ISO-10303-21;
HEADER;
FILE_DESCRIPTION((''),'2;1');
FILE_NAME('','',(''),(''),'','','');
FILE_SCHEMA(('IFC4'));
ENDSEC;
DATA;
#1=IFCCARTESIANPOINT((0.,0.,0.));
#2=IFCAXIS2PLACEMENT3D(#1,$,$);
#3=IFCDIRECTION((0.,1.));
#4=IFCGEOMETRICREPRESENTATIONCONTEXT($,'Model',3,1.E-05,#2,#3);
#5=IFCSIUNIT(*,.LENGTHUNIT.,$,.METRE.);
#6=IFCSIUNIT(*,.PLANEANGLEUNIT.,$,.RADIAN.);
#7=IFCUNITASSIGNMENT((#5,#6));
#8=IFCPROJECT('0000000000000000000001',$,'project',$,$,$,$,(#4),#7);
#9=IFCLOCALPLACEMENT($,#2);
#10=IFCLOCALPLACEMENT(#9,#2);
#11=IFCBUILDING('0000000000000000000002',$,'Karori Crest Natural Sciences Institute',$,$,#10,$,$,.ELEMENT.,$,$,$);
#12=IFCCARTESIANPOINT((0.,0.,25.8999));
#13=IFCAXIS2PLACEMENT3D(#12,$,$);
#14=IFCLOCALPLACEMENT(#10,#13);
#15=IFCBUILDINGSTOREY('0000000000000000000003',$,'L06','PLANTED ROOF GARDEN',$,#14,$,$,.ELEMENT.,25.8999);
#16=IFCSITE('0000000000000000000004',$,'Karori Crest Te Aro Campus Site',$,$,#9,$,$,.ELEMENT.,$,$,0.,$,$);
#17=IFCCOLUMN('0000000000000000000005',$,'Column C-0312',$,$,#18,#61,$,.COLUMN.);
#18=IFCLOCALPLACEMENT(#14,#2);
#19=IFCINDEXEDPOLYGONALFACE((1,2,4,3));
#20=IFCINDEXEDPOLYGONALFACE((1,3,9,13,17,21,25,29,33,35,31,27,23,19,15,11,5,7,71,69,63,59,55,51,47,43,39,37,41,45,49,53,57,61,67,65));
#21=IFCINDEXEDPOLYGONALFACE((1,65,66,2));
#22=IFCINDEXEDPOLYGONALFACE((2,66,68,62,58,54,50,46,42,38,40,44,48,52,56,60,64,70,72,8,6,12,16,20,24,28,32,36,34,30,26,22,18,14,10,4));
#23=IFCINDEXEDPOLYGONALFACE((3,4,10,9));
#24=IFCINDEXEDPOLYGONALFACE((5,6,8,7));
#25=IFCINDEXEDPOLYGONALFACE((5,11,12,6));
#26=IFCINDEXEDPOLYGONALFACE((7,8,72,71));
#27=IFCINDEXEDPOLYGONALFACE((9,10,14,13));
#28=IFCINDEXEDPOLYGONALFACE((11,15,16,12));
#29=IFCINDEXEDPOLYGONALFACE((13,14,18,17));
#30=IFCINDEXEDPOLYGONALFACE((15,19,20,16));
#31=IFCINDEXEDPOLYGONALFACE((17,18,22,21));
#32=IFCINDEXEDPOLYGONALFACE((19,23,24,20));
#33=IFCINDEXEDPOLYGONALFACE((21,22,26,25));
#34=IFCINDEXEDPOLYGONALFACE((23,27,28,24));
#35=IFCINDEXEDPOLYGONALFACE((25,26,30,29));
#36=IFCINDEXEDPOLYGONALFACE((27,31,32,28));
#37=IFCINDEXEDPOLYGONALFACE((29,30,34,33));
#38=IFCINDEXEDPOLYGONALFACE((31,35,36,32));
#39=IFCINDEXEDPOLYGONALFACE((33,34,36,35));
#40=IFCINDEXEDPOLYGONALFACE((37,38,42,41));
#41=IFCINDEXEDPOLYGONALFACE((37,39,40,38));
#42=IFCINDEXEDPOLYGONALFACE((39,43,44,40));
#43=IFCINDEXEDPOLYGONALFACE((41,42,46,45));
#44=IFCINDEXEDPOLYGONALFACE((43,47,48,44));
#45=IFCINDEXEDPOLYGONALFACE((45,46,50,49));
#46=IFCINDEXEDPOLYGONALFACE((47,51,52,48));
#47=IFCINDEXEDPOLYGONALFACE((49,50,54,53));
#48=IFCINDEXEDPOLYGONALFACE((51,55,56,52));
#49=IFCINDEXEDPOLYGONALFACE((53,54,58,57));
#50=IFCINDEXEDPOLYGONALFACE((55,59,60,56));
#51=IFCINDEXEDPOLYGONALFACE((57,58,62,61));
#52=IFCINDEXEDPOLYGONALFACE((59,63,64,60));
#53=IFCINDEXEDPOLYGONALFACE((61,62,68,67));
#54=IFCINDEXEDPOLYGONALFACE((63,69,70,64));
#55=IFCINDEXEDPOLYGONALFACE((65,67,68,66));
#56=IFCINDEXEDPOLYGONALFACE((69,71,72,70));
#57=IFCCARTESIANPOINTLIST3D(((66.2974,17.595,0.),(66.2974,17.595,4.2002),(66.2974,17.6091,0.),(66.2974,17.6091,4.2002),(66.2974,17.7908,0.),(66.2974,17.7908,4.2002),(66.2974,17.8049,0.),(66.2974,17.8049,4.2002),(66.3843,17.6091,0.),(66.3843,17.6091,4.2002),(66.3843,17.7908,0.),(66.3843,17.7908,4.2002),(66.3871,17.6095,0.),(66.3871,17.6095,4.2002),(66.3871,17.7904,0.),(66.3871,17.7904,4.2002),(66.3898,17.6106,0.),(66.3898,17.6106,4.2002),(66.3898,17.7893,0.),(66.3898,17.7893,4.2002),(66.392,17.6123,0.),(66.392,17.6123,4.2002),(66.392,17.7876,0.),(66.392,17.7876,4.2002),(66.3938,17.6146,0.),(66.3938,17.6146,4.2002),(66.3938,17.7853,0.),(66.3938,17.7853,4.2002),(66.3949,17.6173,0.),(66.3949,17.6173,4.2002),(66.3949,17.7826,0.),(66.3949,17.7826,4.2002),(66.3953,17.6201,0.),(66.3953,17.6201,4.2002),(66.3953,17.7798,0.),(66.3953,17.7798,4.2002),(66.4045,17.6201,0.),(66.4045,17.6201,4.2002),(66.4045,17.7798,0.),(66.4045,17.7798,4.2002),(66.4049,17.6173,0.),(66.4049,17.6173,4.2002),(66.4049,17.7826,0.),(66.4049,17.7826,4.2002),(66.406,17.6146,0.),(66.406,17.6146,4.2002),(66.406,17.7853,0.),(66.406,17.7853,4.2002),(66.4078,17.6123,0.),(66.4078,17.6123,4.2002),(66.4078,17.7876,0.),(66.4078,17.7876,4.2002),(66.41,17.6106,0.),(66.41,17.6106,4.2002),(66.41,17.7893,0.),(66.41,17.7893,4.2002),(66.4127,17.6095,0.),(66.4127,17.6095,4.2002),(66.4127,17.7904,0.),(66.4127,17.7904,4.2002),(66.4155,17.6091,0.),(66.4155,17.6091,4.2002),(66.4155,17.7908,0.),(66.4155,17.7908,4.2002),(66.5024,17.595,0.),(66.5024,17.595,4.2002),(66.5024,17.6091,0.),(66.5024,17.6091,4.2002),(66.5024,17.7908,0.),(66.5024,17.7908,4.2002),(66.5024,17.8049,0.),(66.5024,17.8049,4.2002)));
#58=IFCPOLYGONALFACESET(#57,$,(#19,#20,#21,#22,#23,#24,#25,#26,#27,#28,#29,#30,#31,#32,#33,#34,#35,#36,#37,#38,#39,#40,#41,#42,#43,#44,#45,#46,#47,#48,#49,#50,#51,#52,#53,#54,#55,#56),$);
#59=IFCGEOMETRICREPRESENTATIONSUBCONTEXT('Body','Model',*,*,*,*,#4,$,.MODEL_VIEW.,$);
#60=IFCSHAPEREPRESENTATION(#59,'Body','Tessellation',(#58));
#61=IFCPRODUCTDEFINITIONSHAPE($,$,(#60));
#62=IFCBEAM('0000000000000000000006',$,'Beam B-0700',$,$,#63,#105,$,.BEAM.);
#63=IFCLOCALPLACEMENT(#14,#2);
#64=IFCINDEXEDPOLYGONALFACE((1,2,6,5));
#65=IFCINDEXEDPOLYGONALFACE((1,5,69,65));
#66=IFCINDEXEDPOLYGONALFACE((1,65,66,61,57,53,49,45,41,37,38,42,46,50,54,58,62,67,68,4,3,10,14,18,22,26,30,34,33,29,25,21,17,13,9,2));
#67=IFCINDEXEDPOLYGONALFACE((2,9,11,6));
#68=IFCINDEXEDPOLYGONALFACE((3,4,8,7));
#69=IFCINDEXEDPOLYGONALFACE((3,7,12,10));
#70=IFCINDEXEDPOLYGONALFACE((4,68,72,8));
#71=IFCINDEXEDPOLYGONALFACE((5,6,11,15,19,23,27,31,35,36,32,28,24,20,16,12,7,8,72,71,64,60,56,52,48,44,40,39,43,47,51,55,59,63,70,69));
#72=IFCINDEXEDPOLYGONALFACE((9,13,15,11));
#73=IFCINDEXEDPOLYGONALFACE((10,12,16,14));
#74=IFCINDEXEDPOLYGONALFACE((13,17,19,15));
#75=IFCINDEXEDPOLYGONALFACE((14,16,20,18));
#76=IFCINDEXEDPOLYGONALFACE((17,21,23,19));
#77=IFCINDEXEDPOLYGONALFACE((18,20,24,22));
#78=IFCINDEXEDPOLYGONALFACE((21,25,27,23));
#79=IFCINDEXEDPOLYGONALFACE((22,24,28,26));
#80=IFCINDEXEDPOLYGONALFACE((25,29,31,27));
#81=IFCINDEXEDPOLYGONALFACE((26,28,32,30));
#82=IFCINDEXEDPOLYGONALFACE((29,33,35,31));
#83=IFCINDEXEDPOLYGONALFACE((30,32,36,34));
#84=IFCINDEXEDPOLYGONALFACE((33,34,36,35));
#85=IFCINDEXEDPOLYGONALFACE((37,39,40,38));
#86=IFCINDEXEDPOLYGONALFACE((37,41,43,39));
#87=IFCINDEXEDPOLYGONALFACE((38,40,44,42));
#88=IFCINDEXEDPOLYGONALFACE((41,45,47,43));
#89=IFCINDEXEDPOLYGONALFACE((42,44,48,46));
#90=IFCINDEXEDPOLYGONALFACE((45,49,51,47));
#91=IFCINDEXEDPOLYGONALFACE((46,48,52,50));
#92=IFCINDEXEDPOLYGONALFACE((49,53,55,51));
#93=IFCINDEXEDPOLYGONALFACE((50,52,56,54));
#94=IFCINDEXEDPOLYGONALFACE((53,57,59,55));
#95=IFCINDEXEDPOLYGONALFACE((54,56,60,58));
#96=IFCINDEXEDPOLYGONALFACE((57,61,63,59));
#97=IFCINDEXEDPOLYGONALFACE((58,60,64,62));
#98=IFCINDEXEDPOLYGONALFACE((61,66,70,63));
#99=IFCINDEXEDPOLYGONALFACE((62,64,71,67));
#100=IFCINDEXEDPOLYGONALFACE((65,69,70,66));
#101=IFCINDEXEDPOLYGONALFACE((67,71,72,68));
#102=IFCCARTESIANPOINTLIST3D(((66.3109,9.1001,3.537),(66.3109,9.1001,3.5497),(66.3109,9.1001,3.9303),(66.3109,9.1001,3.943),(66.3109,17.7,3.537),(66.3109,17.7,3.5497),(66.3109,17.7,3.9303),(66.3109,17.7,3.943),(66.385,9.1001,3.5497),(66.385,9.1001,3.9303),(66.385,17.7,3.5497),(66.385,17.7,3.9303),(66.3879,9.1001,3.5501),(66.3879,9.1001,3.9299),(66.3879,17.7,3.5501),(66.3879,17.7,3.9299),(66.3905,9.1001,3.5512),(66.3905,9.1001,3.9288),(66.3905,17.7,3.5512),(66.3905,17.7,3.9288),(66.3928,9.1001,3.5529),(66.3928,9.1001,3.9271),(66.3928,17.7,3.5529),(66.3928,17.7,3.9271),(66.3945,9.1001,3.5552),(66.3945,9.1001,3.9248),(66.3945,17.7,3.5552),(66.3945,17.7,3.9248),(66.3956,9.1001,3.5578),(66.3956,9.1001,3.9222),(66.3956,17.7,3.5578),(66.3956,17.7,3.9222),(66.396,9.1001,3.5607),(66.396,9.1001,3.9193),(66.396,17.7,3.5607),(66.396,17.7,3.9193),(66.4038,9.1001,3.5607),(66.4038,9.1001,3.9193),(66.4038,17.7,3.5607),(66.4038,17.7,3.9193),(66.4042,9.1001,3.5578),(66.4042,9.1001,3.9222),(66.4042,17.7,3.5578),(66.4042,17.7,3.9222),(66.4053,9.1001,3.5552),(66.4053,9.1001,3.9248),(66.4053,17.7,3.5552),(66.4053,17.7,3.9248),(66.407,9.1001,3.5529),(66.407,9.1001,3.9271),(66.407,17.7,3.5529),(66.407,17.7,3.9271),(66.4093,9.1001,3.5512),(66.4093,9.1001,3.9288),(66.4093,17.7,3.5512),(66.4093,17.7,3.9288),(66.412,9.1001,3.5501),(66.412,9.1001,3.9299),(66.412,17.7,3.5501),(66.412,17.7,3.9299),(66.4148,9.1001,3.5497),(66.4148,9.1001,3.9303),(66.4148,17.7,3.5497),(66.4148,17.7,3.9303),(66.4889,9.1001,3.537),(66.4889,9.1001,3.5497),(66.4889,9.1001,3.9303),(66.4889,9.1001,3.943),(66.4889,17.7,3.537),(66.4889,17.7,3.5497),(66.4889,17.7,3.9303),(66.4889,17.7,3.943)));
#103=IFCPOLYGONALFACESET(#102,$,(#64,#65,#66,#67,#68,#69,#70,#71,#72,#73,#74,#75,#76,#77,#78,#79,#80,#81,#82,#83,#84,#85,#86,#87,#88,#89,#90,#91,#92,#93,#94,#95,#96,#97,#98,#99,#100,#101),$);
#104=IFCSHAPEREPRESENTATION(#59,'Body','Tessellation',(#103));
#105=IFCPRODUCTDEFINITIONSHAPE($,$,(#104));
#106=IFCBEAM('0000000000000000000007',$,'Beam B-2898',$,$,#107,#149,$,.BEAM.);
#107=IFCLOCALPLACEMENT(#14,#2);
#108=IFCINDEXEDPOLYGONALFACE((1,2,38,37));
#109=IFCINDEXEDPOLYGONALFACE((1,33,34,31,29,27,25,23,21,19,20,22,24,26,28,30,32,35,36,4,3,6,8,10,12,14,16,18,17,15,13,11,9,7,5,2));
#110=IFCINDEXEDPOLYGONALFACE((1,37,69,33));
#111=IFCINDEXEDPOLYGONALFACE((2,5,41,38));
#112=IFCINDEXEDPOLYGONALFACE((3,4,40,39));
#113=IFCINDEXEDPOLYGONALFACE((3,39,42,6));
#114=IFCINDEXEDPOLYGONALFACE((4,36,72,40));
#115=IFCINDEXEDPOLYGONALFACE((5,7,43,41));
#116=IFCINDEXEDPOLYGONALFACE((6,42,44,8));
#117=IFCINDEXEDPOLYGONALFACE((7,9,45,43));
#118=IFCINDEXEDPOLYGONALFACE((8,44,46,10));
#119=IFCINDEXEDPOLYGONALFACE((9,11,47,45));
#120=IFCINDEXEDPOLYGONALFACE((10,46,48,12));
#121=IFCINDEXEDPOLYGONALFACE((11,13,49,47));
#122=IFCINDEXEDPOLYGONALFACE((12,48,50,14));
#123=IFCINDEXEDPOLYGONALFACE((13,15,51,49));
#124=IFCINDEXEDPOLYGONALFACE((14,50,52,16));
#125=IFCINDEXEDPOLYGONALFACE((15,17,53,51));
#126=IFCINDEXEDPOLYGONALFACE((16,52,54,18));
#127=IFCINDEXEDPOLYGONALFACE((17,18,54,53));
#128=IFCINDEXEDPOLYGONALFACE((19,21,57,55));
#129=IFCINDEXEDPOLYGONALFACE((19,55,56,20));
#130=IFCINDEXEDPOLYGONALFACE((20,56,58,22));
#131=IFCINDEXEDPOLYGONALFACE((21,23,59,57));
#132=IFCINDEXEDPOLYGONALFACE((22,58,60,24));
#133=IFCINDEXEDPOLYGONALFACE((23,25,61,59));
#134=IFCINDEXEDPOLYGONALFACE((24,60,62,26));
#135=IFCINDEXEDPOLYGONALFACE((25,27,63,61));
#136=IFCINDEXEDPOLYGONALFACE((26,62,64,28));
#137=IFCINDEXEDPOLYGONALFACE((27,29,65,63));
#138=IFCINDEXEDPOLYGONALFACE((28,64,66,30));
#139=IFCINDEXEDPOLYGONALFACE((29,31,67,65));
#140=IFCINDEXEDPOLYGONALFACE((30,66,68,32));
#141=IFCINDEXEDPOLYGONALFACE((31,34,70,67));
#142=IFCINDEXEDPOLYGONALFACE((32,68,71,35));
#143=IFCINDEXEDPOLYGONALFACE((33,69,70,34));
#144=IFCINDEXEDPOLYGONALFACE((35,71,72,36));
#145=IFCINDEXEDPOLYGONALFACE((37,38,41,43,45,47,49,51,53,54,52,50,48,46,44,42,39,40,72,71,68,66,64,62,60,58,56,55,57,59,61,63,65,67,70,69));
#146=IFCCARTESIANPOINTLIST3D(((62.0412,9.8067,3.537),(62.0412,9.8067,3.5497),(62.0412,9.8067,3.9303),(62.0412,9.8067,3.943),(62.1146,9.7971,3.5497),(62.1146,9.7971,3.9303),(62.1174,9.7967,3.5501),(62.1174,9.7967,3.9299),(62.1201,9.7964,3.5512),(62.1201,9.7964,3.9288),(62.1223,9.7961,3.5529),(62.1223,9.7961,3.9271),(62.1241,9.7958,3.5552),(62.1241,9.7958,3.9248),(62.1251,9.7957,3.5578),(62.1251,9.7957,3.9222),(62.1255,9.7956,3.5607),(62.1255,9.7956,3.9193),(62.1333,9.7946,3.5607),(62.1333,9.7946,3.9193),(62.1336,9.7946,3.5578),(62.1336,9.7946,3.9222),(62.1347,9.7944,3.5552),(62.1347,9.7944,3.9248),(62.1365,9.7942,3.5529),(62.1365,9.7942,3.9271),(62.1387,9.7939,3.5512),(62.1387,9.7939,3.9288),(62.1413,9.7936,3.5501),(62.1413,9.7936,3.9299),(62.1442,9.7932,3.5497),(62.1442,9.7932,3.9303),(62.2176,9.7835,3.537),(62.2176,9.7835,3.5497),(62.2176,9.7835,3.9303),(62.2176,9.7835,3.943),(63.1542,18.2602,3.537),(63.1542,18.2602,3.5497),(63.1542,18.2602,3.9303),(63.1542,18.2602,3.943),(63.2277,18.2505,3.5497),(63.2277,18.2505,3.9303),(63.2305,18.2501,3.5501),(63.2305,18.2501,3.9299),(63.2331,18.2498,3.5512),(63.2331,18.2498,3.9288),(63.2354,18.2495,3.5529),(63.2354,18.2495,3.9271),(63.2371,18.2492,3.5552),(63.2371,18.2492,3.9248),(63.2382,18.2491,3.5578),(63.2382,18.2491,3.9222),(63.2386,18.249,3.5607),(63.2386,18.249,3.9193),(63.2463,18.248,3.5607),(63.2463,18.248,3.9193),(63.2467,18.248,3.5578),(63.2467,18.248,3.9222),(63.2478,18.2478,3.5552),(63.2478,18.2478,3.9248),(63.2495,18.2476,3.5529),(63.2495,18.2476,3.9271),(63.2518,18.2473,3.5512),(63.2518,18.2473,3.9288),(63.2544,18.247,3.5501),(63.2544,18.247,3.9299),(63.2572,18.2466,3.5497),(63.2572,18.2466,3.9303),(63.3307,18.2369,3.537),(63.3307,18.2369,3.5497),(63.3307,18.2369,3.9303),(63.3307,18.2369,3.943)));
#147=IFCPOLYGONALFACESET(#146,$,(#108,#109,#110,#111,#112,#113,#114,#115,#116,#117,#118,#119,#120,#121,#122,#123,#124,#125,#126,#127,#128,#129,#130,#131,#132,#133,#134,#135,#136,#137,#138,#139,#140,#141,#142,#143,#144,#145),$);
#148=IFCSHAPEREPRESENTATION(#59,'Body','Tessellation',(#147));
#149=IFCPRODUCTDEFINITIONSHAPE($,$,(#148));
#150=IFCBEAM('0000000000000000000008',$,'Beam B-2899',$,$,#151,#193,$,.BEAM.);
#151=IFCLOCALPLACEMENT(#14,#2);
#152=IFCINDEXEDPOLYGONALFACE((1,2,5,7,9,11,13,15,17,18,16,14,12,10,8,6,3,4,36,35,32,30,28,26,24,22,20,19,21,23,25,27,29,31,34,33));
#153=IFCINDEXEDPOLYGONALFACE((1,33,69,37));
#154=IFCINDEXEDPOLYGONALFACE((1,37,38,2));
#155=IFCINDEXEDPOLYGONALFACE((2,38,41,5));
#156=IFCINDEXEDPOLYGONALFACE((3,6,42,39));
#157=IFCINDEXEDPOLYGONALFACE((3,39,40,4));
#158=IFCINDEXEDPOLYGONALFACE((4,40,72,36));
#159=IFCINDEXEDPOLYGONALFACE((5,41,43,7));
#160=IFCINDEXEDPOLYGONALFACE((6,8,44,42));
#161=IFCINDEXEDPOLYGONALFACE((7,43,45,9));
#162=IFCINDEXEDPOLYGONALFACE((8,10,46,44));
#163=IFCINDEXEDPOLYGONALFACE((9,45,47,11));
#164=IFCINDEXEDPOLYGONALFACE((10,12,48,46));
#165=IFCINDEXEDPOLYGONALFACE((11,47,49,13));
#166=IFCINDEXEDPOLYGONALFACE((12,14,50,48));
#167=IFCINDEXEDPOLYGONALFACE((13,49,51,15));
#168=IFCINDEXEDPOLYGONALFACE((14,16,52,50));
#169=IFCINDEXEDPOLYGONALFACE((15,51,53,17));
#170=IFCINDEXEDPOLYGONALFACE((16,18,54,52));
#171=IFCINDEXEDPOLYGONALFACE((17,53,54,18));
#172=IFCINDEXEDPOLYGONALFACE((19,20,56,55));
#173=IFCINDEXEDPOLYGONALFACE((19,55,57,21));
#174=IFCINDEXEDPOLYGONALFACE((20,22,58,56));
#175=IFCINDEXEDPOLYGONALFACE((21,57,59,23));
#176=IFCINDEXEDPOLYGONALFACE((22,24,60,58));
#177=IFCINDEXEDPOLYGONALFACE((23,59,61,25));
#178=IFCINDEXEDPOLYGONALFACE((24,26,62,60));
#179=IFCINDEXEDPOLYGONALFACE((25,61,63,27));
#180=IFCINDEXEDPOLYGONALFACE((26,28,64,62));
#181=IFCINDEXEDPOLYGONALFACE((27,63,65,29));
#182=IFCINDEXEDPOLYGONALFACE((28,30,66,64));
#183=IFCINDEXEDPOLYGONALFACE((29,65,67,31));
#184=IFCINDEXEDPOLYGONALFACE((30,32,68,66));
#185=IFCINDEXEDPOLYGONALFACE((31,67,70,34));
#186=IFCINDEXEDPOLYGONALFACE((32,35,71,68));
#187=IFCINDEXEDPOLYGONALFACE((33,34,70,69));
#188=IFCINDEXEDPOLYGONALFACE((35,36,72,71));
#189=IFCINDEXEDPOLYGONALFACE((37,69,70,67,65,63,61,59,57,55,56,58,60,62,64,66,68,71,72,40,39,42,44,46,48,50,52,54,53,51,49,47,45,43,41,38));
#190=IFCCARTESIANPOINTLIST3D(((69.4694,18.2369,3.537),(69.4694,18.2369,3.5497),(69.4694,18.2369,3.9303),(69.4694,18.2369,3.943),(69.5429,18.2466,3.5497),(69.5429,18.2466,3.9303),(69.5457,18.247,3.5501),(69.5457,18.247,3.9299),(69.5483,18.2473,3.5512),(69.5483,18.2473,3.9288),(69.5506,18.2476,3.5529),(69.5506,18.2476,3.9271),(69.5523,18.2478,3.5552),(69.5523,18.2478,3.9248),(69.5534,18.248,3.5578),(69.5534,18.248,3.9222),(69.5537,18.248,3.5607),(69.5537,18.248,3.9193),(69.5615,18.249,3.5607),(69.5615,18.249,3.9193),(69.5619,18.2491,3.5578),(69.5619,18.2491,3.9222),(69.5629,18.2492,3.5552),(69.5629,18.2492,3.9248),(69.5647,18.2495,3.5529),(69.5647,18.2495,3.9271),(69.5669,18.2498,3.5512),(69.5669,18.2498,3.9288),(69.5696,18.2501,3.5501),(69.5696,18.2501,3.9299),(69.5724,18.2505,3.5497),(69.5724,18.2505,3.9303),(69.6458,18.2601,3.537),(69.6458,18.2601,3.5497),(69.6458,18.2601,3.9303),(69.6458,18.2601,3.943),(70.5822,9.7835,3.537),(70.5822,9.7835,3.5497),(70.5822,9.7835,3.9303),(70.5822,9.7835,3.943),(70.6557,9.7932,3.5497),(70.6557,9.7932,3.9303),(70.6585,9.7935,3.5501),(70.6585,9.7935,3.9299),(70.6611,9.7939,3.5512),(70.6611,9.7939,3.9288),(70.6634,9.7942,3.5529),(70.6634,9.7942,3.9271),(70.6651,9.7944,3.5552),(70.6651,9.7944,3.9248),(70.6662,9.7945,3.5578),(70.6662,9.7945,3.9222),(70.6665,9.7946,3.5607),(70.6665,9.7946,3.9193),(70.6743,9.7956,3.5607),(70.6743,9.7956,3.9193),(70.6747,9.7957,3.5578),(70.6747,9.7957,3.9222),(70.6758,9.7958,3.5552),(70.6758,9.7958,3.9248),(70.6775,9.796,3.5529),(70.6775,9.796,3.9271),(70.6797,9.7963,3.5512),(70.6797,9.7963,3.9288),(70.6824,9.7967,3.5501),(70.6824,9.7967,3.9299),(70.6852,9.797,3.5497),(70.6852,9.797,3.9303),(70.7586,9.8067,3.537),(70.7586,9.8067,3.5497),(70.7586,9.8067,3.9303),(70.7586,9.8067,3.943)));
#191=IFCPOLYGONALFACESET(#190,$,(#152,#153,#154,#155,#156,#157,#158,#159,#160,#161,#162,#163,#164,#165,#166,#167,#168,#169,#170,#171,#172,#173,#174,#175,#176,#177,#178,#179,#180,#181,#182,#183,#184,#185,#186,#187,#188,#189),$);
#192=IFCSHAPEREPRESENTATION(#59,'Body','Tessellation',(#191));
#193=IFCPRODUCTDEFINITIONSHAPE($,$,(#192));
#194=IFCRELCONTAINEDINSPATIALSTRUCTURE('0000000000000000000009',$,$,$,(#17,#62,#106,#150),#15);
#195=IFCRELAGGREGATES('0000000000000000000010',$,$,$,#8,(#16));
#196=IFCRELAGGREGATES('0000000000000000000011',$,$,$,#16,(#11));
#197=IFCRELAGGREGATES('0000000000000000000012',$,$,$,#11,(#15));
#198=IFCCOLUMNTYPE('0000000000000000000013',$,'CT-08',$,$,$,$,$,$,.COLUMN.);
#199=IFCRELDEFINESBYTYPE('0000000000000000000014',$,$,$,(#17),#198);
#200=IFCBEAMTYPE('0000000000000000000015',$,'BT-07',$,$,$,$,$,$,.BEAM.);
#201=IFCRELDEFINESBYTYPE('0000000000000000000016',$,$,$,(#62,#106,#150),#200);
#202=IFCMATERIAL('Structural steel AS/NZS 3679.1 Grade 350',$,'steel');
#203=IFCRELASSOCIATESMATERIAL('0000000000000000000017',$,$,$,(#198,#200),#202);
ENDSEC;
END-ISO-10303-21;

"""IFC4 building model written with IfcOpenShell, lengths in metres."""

from ifc_helpers import new_model, si_unit, direction, frame, origin, origin_2d, place, context, subcontext, project, spatial, i_section, extrude, material, material_profile, profile_set, type_object, element, save


model = new_model("IFC4")

# Units and contexts
model_context = context("Model", 3, precision=1e-05, world=origin(), true_north=direction((0.0, 1.0)))
body_context = subcontext(model_context, "Body", "Model", "MODEL_VIEW")
ifc_project = project(units=[si_unit("LENGTHUNIT", "METRE"), si_unit("PLANEANGLEUNIT", "RADIAN")], contexts=[model_context])

# Site, building, storey
site_placement = place(None, origin())
site = spatial("IfcSite", under=ifc_project, at=site_placement, Name="Karori Crest Te Aro Campus Site", CompositionType="ELEMENT", RefElevation=0.0)
building_placement = place(site_placement, origin())
building = spatial("IfcBuilding", under=site, at=building_placement, Name="Karori Crest Natural Sciences Institute", CompositionType="ELEMENT")
storey_placement = place(building_placement, frame((0.0, 0.0, 25.8999)))
storey = spatial("IfcBuildingStorey", under=building, at=storey_placement, Name="L06", Description="PLANTED ROOF GARDEN", CompositionType="ELEMENT", Elevation=25.8999)

# Column
ifc_material_1 = material(Name="Structural steel AS/NZS 3679.1 Grade 350", Category="steel")
ifc_material_profile_1 = material_profile(ifc_material_1, i_section(OverallWidth=0.2051, OverallDepth=0.21, WebThickness=0.0093, FlangeThickness=0.0142, FilletRadius=0.011, at=origin_2d()), Name="200UC59.5")
ifc_profile_set_1 = profile_set([ifc_material_profile_1], Name="Structural steel AS/NZS 3679.1 Grade 350")
column_type = type_object("IfcColumnType", Name="CT-08", PredefinedType="COLUMN", material=ifc_profile_set_1)
column_placement = place(storey_placement, frame((66.3999, 17.7, 0.0), z_axis=(0.0, 0.0, 1.0), x_axis=(1.0, 0.0, 0.0)))
element("IfcColumn", 1, at=column_placement, inside=storey, type_object=column_type, Name="Column C-0312", PredefinedType="COLUMN", context=body_context, shape_type="SweptSolid", body=[
    extrude(i_section(OverallWidth=0.2051, OverallDepth=0.21, WebThickness=0.0093, FlangeThickness=0.0142, FilletRadius=0.011, at=origin_2d()), origin(), (0.0, 0.0, 1.0), 4.2002),
])

# Beams
ifc_material_profile_2 = material_profile(ifc_material_1, i_section(OverallWidth=0.178, OverallDepth=0.406, WebThickness=0.0078, FlangeThickness=0.0127, FilletRadius=0.011, at=origin_2d()), Name="410UB59.7")
ifc_profile_set_2 = profile_set([ifc_material_profile_2], Name="Structural steel AS/NZS 3679.1 Grade 350")
beam_type_1 = type_object("IfcBeamType", Name="BT-07", PredefinedType="BEAM", material=ifc_profile_set_2)
beam_1_placement = place(storey_placement, frame((66.3999, 17.7, 3.74), z_axis=(0.0, -1.0, 0.0), x_axis=(1.0, 0.0, 0.0)))
element("IfcBeam", 2, at=beam_1_placement, inside=storey, type_object=beam_type_1, Name="Beam B-0700", PredefinedType="BEAM", context=body_context, shape_type="SweptSolid", body=[
    extrude(i_section(OverallWidth=0.178, OverallDepth=0.406, WebThickness=0.0078, FlangeThickness=0.0127, FilletRadius=0.011, at=origin_2d()), origin(), (0.0, 0.0, 1.0), 8.5999),
])
for number, where, z_axis, x_axis, name in (
    (3, (63.2424, 18.2485, 3.74), (-0.130541, -0.991443, 0.0), (0.991443, -0.130541, 0.0), "Beam B-2898"),
    (4, (69.5576, 18.2485, 3.74), (0.130513, -0.991447, 0.0), (0.991447, 0.130513, 0.0), "Beam B-2899"),
):
    element("IfcBeam", number, at=place(storey_placement, frame(where, z_axis=z_axis, x_axis=x_axis)), inside=storey, type_object=beam_type_1, Name=name, PredefinedType="BEAM", context=body_context, shape_type="SweptSolid", body=[
        extrude(i_section(OverallWidth=0.178, OverallDepth=0.406, WebThickness=0.0078, FlangeThickness=0.0127, FilletRadius=0.011, at=origin_2d()), origin(), (0.0, 0.0, 1.0), 8.5264),
    ])

save(model, "model.ifc")
